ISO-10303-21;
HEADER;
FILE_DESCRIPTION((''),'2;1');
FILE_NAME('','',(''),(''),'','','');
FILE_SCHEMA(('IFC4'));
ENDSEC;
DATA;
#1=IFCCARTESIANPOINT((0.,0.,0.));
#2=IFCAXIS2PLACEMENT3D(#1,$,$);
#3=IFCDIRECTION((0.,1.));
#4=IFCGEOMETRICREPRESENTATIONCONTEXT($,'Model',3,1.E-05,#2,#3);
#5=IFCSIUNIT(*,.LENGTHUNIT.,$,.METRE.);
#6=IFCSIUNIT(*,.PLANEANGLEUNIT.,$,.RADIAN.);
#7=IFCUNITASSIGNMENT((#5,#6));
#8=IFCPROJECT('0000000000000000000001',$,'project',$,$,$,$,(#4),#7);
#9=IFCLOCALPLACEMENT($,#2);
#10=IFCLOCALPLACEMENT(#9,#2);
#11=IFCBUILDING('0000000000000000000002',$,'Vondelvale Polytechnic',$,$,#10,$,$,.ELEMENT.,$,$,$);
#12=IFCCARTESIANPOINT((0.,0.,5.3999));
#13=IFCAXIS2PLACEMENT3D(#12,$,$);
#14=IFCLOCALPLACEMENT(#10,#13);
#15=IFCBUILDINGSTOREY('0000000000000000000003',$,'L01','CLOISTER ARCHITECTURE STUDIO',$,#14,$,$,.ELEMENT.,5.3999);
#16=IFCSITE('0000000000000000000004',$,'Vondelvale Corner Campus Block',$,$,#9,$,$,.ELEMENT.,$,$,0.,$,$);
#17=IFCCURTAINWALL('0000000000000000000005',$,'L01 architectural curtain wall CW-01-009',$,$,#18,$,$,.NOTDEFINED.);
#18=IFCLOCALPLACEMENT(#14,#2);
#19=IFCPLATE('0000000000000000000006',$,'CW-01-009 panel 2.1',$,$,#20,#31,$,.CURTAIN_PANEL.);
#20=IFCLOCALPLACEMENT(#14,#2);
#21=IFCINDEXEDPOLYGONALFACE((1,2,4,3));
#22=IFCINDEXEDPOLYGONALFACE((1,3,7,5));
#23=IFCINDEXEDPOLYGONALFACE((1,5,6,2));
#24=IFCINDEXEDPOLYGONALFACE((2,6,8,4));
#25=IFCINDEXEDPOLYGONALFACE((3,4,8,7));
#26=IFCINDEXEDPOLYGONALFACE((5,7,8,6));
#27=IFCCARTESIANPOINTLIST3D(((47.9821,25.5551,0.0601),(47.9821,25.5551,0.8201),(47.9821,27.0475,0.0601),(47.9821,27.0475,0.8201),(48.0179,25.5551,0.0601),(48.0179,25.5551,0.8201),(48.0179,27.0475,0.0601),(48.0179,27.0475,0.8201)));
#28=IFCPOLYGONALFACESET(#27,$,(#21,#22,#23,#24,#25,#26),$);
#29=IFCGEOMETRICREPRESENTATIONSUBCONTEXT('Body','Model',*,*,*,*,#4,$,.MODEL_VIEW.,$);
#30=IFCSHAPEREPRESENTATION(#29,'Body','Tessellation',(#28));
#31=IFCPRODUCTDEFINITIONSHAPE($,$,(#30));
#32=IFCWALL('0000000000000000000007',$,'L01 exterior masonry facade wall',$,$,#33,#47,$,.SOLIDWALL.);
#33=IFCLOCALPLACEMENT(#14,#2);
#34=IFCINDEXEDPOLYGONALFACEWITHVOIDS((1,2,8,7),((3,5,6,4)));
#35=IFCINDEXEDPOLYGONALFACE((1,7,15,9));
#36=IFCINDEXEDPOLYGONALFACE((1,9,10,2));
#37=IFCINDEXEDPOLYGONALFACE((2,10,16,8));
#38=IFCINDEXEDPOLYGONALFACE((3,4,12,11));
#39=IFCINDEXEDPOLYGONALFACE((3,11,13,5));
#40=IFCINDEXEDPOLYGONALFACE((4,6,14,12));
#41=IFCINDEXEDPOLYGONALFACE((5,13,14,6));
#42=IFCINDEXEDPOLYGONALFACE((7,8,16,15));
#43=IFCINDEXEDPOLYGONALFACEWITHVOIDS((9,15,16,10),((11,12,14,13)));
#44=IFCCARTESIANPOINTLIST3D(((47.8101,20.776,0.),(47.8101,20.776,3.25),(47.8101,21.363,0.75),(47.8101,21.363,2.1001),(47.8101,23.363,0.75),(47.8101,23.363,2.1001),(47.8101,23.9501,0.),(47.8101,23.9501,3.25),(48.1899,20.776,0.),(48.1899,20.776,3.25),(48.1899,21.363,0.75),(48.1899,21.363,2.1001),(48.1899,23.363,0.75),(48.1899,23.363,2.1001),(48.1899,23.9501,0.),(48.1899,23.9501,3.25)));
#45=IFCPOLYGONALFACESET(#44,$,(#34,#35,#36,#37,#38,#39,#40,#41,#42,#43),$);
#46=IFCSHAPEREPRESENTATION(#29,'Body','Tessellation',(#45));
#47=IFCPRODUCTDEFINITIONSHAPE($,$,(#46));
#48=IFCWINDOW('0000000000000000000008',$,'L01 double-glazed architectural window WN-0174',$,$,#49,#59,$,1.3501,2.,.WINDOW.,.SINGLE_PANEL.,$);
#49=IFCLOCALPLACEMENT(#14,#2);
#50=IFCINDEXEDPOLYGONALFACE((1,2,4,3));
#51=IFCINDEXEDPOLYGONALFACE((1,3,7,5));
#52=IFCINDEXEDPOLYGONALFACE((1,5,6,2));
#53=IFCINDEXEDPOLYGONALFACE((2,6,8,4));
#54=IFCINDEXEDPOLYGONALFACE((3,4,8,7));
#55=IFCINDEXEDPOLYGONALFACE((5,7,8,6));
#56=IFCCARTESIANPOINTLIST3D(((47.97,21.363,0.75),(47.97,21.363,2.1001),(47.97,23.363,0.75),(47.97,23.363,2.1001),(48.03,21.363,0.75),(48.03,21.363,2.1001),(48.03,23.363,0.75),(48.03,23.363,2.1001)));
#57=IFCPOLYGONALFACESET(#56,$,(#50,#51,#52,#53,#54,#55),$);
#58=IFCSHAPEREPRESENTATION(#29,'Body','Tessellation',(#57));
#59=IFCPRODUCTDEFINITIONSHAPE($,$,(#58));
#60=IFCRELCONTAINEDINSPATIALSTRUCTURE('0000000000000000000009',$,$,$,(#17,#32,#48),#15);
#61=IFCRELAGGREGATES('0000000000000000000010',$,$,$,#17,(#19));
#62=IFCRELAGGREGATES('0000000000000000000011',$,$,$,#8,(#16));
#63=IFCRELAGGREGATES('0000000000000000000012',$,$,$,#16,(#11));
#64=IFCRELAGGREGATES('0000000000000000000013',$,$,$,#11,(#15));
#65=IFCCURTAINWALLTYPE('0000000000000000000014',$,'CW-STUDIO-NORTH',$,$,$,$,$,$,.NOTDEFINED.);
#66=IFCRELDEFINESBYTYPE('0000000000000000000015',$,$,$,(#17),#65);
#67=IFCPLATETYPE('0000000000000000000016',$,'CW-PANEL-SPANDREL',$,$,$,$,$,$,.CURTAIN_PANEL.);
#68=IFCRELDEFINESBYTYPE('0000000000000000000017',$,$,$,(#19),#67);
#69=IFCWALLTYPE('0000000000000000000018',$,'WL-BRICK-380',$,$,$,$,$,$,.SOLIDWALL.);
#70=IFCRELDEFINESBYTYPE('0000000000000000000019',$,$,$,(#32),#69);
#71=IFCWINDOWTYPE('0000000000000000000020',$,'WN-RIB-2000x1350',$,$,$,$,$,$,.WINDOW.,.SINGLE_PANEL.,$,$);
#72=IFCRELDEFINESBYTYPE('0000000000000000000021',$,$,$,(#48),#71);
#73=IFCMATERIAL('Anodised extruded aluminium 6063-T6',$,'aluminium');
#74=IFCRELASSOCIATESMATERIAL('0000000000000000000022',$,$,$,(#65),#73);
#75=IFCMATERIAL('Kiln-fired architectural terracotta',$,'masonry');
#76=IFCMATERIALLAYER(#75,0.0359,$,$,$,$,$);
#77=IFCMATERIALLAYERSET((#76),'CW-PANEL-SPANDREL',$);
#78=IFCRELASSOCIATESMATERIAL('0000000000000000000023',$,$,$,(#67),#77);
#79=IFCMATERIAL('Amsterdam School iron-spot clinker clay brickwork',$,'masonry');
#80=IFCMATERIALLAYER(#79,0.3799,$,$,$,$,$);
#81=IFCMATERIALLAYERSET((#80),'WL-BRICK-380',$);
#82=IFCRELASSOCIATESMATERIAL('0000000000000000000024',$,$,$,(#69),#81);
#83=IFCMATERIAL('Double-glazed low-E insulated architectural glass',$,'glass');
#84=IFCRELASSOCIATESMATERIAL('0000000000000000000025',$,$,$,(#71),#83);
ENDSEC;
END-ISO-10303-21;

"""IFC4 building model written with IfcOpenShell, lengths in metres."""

from ifc_helpers import new_model, si_unit, direction, frame, frame_2d, origin, origin_2d, place, context, subcontext, project, spatial, rectangle, extrude, material, layer, layer_set, type_object, element, fill, aggregate, save


model = new_model("IFC4")

# Units and contexts
model_context = context("Model", 3, precision=1e-05, world=origin(), true_north=direction((0.0, 1.0)))
body_context = subcontext(model_context, "Body", "Model", "MODEL_VIEW")
ifc_project = project(units=[si_unit("LENGTHUNIT", "METRE"), si_unit("PLANEANGLEUNIT", "RADIAN")], contexts=[model_context])

# Site, building, storey
site_placement = place(None, origin())
site = spatial("IfcSite", under=ifc_project, at=site_placement, Name="Vondelvale Corner Campus Block", CompositionType="ELEMENT", RefElevation=0.0)
building_placement = place(site_placement, origin())
building = spatial("IfcBuilding", under=site, at=building_placement, Name="Vondelvale Polytechnic", CompositionType="ELEMENT")
storey_placement = place(building_placement, frame((0.0, 0.0, 5.3999)))
storey = spatial("IfcBuildingStorey", under=building, at=storey_placement, Name="L01", Description="CLOISTER ARCHITECTURE STUDIO", CompositionType="ELEMENT", Elevation=5.3999)

# Curtain wall
ifc_material_1 = material(Name="Anodised extruded aluminium 6063-T6", Category="aluminium")
curtain_wall_type = type_object("IfcCurtainWallType", Name="CW-STUDIO-NORTH", PredefinedType="NOTDEFINED", material=ifc_material_1)
curtain_wall_1_placement = place(storey_placement, origin())
curtain_wall_1 = element("IfcCurtainWall", 1, at=curtain_wall_1_placement, inside=storey, type_object=curtain_wall_type, Name="L01 architectural curtain wall CW-01-009", PredefinedType="NOTDEFINED")

# Plate
ifc_material_2 = material(Name="Double-glazed low-E insulated architectural glass", Category="glass")
ifc_material_3 = material(Name="Kiln-fired architectural terracotta", Category="masonry")
ifc_layer_1 = layer(ifc_material_3, 0.0359)
ifc_layer_set_1 = layer_set([ifc_layer_1], Name="CW-PANEL-SPANDREL")
plate_type_1 = type_object("IfcPlateType", Name="CW-PANEL-SPANDREL", PredefinedType="CURTAIN_PANEL", material=ifc_layer_set_1)
plate_1_placement = place(storey_placement, frame((48.0, 26.3013, 0.0601), z_axis=(0.0, 0.0, 1.0), x_axis=(0.0, 1.0, 0.0)))
plate_1 = element("IfcPlate", 2, at=plate_1_placement, type_object=plate_type_1, Name="CW-01-009 panel 2.1", PredefinedType="CURTAIN_PANEL", context=body_context, shape_type="SweptSolid", body=[
    extrude(rectangle(XDim=1.4924, YDim=0.0359, at=origin_2d()), origin(), (0.0, 0.0, 1.0), 0.76),
])
aggregate(curtain_wall_1, [plate_1])

# Wall, opening, window
ifc_material_4 = material(Name="Amsterdam School iron-spot clinker clay brickwork", Category="masonry")
ifc_layer_2 = layer(ifc_material_4, 0.3799)
ifc_layer_set_2 = layer_set([ifc_layer_2], Name="WL-BRICK-380")
wall_type = type_object("IfcWallType", Name="WL-BRICK-380", PredefinedType="SOLIDWALL", material=ifc_layer_set_2)
wall_placement = place(storey_placement, frame((48.0, 23.95, 0.0), z_axis=(0.0, 0.0, 1.0), x_axis=(0.0, -1.0, 0.0)))
wall = element("IfcWall", 3, at=wall_placement, inside=storey, type_object=wall_type, Name="L01 exterior masonry facade wall", PredefinedType="SOLIDWALL", context=body_context, shape_type="SweptSolid", body=[
    extrude(rectangle(XDim=3.1741, YDim=0.3799, at=frame_2d((1.5869, 0.0))), origin(), (0.0, 0.0, 1.0), 3.25),
])
opening_placement = place(wall_placement, frame((0.5869, 0.0, 0.75)))
opening = element("IfcOpeningElement", 4, at=opening_placement, cuts=wall, PredefinedType="OPENING", context=body_context, shape_type="SweptSolid", body=[
    extrude(rectangle(XDim=2.0, YDim=1.3501, at=frame_2d((1.0, 0.675))), frame((0.0, 0.2, 0.0), z_axis=(0.0, -1.0, 0.0), x_axis=(1.0, 0.0, 0.0)), (0.0, 0.0, 1.0), 0.3999),
])
window_type = type_object("IfcWindowType", Name="WN-RIB-2000x1350", PartitioningType="SINGLE_PANEL", PredefinedType="WINDOW", material=ifc_material_2)
window_placement = place(opening_placement, origin())
window = element("IfcWindow", 5, at=window_placement, inside=storey, type_object=window_type, Name="L01 double-glazed architectural window WN-0174", OverallHeight=1.3501, OverallWidth=2.0, PartitioningType="SINGLE_PANEL", PredefinedType="WINDOW", context=body_context, shape_type="SweptSolid", body=[
    extrude(rectangle(XDim=2.0, YDim=1.3501, at=frame_2d((1.0, 0.675))), frame((0.0, 0.03, 0.0), z_axis=(0.0, -1.0, 0.0), x_axis=(1.0, 0.0, 0.0)), (0.0, 0.0, 1.0), 0.0601),
])
fill(opening, window)

save(model, "model.ifc")
